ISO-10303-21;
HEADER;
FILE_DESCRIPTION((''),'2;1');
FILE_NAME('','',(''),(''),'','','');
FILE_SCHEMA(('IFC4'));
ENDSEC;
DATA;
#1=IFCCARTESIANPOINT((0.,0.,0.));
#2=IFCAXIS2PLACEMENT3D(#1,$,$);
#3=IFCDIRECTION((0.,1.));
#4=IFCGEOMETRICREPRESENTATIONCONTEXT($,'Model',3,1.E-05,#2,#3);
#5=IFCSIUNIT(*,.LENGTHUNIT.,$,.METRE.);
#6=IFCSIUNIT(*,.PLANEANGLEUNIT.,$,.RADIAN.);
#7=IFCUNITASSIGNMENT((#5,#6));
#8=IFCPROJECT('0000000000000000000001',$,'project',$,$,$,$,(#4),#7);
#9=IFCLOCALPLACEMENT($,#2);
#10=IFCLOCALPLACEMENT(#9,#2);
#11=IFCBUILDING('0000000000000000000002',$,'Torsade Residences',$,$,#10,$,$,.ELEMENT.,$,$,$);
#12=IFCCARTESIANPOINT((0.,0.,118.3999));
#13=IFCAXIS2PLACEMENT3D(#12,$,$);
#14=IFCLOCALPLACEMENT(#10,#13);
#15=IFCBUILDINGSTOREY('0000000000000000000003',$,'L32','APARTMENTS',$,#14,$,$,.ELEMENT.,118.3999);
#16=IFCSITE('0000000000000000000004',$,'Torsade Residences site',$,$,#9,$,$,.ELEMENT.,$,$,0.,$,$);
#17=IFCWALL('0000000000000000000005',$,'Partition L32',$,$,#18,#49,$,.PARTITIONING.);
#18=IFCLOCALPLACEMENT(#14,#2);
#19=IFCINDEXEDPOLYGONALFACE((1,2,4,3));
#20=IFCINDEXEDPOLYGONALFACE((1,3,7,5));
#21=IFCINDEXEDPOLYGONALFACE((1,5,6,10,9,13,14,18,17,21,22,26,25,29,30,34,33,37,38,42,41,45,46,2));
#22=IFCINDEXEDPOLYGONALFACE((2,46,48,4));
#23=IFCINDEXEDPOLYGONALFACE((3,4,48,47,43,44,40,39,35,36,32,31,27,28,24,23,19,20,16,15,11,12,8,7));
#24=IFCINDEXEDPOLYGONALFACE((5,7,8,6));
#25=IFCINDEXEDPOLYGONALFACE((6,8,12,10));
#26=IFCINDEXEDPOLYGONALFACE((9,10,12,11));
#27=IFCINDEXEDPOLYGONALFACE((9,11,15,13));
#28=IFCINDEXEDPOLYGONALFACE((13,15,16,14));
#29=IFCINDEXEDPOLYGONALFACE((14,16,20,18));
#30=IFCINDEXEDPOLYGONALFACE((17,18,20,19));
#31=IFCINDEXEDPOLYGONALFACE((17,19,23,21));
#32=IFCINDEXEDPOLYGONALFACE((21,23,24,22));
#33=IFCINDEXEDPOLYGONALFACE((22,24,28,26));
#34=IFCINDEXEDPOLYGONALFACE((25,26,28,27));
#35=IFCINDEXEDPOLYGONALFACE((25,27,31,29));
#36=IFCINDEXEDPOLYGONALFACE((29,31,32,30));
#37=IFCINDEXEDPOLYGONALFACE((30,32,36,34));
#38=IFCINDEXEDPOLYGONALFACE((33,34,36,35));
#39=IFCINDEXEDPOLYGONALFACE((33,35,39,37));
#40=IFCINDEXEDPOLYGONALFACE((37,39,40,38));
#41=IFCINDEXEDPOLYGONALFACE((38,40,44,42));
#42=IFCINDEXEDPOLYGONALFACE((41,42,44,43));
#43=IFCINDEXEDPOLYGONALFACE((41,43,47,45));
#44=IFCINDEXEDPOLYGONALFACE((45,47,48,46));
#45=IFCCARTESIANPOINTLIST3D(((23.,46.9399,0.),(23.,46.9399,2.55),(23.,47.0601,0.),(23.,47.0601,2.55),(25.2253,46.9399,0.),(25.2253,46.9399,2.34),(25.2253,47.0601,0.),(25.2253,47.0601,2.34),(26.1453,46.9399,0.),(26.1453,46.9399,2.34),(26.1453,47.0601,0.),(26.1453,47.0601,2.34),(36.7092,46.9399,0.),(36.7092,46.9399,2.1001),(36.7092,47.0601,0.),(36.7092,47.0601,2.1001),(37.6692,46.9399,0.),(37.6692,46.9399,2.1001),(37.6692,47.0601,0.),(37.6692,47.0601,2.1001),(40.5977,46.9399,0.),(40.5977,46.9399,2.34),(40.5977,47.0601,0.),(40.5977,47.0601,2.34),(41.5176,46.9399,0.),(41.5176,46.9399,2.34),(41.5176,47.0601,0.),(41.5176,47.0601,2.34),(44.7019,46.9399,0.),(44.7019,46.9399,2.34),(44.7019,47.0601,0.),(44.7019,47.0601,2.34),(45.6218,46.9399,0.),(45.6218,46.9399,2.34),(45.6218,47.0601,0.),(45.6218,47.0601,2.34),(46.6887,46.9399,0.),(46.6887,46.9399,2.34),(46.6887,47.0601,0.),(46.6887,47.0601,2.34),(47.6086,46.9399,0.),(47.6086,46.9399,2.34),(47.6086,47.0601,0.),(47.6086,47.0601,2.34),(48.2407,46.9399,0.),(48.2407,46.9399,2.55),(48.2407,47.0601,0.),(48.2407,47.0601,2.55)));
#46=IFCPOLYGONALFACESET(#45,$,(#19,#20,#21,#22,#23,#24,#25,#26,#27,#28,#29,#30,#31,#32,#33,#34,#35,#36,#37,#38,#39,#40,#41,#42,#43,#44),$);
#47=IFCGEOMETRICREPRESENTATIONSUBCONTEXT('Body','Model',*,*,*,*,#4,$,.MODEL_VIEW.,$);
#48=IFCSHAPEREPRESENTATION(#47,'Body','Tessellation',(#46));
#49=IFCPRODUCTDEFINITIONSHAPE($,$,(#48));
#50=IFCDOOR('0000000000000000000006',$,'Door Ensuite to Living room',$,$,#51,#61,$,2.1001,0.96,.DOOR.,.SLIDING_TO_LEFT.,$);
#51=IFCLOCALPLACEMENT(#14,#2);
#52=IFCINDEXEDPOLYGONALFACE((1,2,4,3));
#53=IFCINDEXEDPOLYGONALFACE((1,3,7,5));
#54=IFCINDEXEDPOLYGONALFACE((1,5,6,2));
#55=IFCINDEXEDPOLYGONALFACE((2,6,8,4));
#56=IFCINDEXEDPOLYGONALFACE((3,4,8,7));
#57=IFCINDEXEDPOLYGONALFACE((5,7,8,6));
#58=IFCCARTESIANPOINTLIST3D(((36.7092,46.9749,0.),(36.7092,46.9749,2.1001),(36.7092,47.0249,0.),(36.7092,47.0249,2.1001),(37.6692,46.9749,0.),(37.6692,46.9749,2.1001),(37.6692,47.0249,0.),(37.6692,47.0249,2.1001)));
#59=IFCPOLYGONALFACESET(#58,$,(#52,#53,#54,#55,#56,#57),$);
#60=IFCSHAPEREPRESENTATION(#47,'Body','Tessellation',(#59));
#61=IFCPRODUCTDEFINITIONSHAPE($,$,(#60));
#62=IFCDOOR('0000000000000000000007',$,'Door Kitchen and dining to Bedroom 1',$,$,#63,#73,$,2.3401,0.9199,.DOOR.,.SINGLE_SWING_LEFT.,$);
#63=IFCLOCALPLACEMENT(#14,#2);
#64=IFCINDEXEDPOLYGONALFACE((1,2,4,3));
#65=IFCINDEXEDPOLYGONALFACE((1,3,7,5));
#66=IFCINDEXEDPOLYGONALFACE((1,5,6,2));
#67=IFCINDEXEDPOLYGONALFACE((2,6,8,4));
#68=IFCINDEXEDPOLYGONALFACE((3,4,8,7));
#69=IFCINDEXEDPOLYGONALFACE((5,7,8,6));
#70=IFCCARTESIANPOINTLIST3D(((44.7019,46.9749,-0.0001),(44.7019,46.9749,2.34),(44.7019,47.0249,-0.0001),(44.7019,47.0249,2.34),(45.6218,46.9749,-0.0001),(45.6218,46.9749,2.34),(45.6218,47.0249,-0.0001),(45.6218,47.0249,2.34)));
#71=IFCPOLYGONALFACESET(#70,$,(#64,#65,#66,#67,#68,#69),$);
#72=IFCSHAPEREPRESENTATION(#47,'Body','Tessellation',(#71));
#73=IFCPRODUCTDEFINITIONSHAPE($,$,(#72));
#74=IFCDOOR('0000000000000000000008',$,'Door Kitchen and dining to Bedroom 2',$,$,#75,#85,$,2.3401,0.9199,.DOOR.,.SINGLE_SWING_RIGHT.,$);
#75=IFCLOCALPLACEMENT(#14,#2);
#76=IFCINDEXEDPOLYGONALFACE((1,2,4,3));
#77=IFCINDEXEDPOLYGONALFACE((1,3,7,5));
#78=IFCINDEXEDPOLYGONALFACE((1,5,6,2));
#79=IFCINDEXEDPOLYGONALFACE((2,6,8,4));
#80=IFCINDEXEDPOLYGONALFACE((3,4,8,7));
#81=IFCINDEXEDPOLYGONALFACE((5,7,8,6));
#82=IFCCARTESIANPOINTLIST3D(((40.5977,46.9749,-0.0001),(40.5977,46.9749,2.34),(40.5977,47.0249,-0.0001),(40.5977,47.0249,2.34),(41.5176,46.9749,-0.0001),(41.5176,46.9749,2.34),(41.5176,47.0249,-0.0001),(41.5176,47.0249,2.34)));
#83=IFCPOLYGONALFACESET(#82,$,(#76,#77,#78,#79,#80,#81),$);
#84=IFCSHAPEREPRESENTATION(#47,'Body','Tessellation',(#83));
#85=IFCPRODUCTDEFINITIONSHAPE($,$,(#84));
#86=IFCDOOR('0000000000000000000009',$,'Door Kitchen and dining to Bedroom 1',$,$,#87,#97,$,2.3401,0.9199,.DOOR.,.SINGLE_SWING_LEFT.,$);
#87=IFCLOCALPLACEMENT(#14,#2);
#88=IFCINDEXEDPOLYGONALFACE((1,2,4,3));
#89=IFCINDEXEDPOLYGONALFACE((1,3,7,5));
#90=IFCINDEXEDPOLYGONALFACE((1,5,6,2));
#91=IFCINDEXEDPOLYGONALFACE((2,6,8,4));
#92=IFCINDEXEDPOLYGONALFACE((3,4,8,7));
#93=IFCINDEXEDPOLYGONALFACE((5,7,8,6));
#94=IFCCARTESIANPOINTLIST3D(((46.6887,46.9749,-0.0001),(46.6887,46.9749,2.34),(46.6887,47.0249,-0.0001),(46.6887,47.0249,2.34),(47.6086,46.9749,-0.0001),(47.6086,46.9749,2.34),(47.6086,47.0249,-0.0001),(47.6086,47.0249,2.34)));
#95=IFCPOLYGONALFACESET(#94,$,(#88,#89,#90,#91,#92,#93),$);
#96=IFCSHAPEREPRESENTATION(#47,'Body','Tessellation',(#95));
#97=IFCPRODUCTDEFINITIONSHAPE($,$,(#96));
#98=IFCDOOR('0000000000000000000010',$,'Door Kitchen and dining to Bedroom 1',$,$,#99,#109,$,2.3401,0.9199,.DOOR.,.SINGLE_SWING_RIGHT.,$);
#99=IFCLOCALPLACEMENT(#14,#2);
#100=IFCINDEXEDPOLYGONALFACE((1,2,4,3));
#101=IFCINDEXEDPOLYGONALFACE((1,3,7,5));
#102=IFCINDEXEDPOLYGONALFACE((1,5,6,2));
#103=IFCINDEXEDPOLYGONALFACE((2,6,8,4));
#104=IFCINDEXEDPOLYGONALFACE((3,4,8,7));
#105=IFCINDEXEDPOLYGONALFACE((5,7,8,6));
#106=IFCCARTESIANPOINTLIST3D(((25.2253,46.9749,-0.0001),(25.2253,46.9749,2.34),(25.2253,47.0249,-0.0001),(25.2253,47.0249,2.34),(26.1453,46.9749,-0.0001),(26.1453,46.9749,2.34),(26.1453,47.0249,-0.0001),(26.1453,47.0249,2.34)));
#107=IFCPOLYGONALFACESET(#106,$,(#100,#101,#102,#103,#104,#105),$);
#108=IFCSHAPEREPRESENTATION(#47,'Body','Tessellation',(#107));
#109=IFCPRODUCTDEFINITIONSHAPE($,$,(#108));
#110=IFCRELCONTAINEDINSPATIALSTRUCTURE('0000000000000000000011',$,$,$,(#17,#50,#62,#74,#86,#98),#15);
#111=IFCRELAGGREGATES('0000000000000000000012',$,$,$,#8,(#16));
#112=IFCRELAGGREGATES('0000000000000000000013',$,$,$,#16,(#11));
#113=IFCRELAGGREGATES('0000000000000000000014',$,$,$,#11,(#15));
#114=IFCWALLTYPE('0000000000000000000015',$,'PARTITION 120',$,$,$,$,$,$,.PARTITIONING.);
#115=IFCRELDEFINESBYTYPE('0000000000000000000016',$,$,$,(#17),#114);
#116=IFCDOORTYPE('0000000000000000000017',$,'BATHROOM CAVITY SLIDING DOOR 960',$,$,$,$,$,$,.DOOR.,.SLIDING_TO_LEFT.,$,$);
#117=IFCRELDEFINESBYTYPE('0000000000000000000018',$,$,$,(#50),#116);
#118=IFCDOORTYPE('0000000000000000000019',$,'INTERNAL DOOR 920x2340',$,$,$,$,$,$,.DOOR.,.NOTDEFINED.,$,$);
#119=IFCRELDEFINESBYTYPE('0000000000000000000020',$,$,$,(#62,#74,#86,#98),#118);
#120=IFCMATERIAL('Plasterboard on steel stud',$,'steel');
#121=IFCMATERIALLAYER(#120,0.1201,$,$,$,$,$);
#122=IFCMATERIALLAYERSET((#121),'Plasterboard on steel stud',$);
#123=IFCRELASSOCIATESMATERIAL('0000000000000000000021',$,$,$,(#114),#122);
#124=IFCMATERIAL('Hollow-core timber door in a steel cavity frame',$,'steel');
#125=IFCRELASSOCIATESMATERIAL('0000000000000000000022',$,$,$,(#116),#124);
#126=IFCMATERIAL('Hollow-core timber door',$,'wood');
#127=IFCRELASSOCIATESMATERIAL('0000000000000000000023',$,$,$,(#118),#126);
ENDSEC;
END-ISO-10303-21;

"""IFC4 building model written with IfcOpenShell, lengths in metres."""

from ifc_helpers import new_model, si_unit, direction, frame, frame_2d, origin, place, context, subcontext, project, spatial, rectangle, extrude, material, layer, layer_set, type_object, element, fill, save


model = new_model("IFC4")

# Units and contexts
model_context = context("Model", 3, precision=1e-05, world=origin(), true_north=direction((0.0, 1.0)))
body_context = subcontext(model_context, "Body", "Model", "MODEL_VIEW")
ifc_project = project(units=[si_unit("LENGTHUNIT", "METRE"), si_unit("PLANEANGLEUNIT", "RADIAN")], contexts=[model_context])

# Site, building, storey
site_placement = place(None, origin())
site = spatial("IfcSite", under=ifc_project, at=site_placement, Name="Torsade Residences site", CompositionType="ELEMENT", RefElevation=0.0)
building_placement = place(site_placement, origin())
building = spatial("IfcBuilding", under=site, at=building_placement, Name="Torsade Residences", CompositionType="ELEMENT")
storey_placement = place(building_placement, frame((0.0, 0.0, 118.3999)))
storey = spatial("IfcBuildingStorey", under=building, at=storey_placement, Name="L32", Description="APARTMENTS", CompositionType="ELEMENT", Elevation=118.3999)

# Wall, openings, doors
ifc_material_1 = material(Name="Plasterboard on steel stud", Category="steel")
ifc_layer_1 = layer(ifc_material_1, 0.1201)
ifc_layer_set_1 = layer_set([ifc_layer_1], Name="Plasterboard on steel stud")
wall_type = type_object("IfcWallType", Name="PARTITION 120", PredefinedType="PARTITIONING", material=ifc_layer_set_1)
wall_placement = place(storey_placement, frame((23.0, 47.0, 0.0), z_axis=(0.0, 0.0, 1.0), x_axis=(1.0, 0.0, 0.0)))
wall = element("IfcWall", 1, at=wall_placement, inside=storey, type_object=wall_type, Name="Partition L32", PredefinedType="PARTITIONING", context=body_context, shape_type="SweptSolid", body=[
    extrude(rectangle(XDim=25.2407, YDim=0.1201, at=frame_2d((12.6204, 0.0))), origin(), (0.0, 0.0, 1.0), 2.55),
])
opening_1_placement = place(wall_placement, frame((21.7019, 0.0, 0.0)))
opening_1 = element("IfcOpeningElement", 2, at=opening_1_placement, cuts=wall, PredefinedType="OPENING", context=body_context, shape_type="SweptSolid", body=[
    extrude(rectangle(XDim=0.9199, YDim=2.3401, at=frame_2d((0.46, 1.1699))), frame((0.0, 0.0701, 0.0), z_axis=(0.0, -1.0, 0.0), x_axis=(1.0, 0.0, 0.0)), (0.0, 0.0, 1.0), 0.1401),
])
opening_2_placement = place(wall_placement, frame((17.5977, 0.0, 0.0)))
opening_2 = element("IfcOpeningElement", 3, at=opening_2_placement, cuts=wall, PredefinedType="OPENING", context=body_context, shape_type="SweptSolid", body=[
    extrude(rectangle(XDim=0.9199, YDim=2.3401, at=frame_2d((0.46, 1.1699))), frame((0.0, 0.0701, 0.0), z_axis=(0.0, -1.0, 0.0), x_axis=(1.0, 0.0, 0.0)), (0.0, 0.0, 1.0), 0.1401),
])
opening_3_placement = place(wall_placement, frame((23.6887, 0.0, 0.0)))
opening_3 = element("IfcOpeningElement", 4, at=opening_3_placement, cuts=wall, PredefinedType="OPENING", context=body_context, shape_type="SweptSolid", body=[
    extrude(rectangle(XDim=0.9199, YDim=2.3401, at=frame_2d((0.46, 1.1699))), frame((0.0, 0.0701, 0.0), z_axis=(0.0, -1.0, 0.0), x_axis=(1.0, 0.0, 0.0)), (0.0, 0.0, 1.0), 0.1401),
])
opening_4_placement = place(wall_placement, frame((2.2253, 0.0, 0.0)))
opening_4 = element("IfcOpeningElement", 5, at=opening_4_placement, cuts=wall, PredefinedType="OPENING", context=body_context, shape_type="SweptSolid", body=[
    extrude(rectangle(XDim=0.9199, YDim=2.3401, at=frame_2d((0.46, 1.1699))), frame((0.0, 0.0701, 0.0), z_axis=(0.0, -1.0, 0.0), x_axis=(1.0, 0.0, 0.0)), (0.0, 0.0, 1.0), 0.1401),
])
opening_5_placement = place(wall_placement, frame((13.7092, 0.0, 0.0)))
opening_5 = element("IfcOpeningElement", 6, at=opening_5_placement, cuts=wall, PredefinedType="OPENING", context=body_context, shape_type="SweptSolid", body=[
    extrude(rectangle(XDim=0.96, YDim=2.1001, at=frame_2d((0.48, 1.05))), frame((0.0, 0.0701, 0.0), z_axis=(0.0, -1.0, 0.0), x_axis=(1.0, 0.0, 0.0)), (0.0, 0.0, 1.0), 0.1401),
])
ifc_material_2 = material(Name="Hollow-core timber door in a steel cavity frame", Category="steel")
door_type_1 = type_object("IfcDoorType", Name="BATHROOM CAVITY SLIDING DOOR 960", OperationType="SLIDING_TO_LEFT", PredefinedType="DOOR", material=ifc_material_2)
door_1_placement = place(opening_5_placement, origin())
door_1 = element("IfcDoor", 7, at=door_1_placement, inside=storey, type_object=door_type_1, Name="Door Ensuite to Living room", OperationType="SLIDING_TO_LEFT", OverallHeight=2.1001, OverallWidth=0.96, PredefinedType="DOOR", context=body_context, shape_type="SweptSolid", body=[
    extrude(rectangle(XDim=0.96, YDim=2.1001, at=frame_2d((0.48, 1.05))), frame((0.0, 0.0249, 0.0), z_axis=(0.0, -1.0, 0.0), x_axis=(1.0, 0.0, 0.0)), (0.0, 0.0, 1.0), 0.05),
])
fill(opening_5, door_1)
ifc_material_3 = material(Name="Hollow-core timber door", Category="wood")
door_type_2 = type_object("IfcDoorType", Name="INTERNAL DOOR 920x2340", OperationType="NOTDEFINED", PredefinedType="DOOR", material=ifc_material_3)
door_2_placement = place(opening_1_placement, origin())
door_2 = element("IfcDoor", 8, at=door_2_placement, inside=storey, type_object=door_type_2, Name="Door Kitchen and dining to Bedroom 1", OperationType="SINGLE_SWING_LEFT", OverallHeight=2.3401, OverallWidth=0.9199, PredefinedType="DOOR", context=body_context, shape_type="SweptSolid", body=[
    extrude(rectangle(XDim=0.9199, YDim=2.3401, at=frame_2d((0.46, 1.1699))), frame((0.0, 0.0249, 0.0), z_axis=(0.0, -1.0, 0.0), x_axis=(1.0, 0.0, 0.0)), (0.0, 0.0, 1.0), 0.05),
])
fill(opening_1, door_2)
door_3_placement = place(opening_2_placement, origin())
door_3 = element("IfcDoor", 9, at=door_3_placement, inside=storey, type_object=door_type_2, Name="Door Kitchen and dining to Bedroom 2", OperationType="SINGLE_SWING_RIGHT", OverallHeight=2.3401, OverallWidth=0.9199, PredefinedType="DOOR", context=body_context, shape_type="SweptSolid", body=[
    extrude(rectangle(XDim=0.9199, YDim=2.3401, at=frame_2d((0.46, 1.1699))), frame((0.0, 0.0249, 0.0), z_axis=(0.0, -1.0, 0.0), x_axis=(1.0, 0.0, 0.0)), (0.0, 0.0, 1.0), 0.05),
])
fill(opening_2, door_3)
door_4_placement = place(opening_3_placement, origin())
door_4 = element("IfcDoor", 10, at=door_4_placement, inside=storey, type_object=door_type_2, Name="Door Kitchen and dining to Bedroom 1", OperationType="SINGLE_SWING_LEFT", OverallHeight=2.3401, OverallWidth=0.9199, PredefinedType="DOOR", context=body_context, shape_type="SweptSolid", body=[
    extrude(rectangle(XDim=0.9199, YDim=2.3401, at=frame_2d((0.46, 1.1699))), frame((0.0, 0.0249, 0.0), z_axis=(0.0, -1.0, 0.0), x_axis=(1.0, 0.0, 0.0)), (0.0, 0.0, 1.0), 0.05),
])
fill(opening_3, door_4)
door_5_placement = place(opening_4_placement, origin())
door_5 = element("IfcDoor", 11, at=door_5_placement, inside=storey, type_object=door_type_2, Name="Door Kitchen and dining to Bedroom 1", OperationType="SINGLE_SWING_RIGHT", OverallHeight=2.3401, OverallWidth=0.9199, PredefinedType="DOOR", context=body_context, shape_type="SweptSolid", body=[
    extrude(rectangle(XDim=0.9199, YDim=2.3401, at=frame_2d((0.46, 1.1699))), frame((0.0, 0.0249, 0.0), z_axis=(0.0, -1.0, 0.0), x_axis=(1.0, 0.0, 0.0)), (0.0, 0.0, 1.0), 0.05),
])
fill(opening_4, door_5)

save(model, "model.ifc")
